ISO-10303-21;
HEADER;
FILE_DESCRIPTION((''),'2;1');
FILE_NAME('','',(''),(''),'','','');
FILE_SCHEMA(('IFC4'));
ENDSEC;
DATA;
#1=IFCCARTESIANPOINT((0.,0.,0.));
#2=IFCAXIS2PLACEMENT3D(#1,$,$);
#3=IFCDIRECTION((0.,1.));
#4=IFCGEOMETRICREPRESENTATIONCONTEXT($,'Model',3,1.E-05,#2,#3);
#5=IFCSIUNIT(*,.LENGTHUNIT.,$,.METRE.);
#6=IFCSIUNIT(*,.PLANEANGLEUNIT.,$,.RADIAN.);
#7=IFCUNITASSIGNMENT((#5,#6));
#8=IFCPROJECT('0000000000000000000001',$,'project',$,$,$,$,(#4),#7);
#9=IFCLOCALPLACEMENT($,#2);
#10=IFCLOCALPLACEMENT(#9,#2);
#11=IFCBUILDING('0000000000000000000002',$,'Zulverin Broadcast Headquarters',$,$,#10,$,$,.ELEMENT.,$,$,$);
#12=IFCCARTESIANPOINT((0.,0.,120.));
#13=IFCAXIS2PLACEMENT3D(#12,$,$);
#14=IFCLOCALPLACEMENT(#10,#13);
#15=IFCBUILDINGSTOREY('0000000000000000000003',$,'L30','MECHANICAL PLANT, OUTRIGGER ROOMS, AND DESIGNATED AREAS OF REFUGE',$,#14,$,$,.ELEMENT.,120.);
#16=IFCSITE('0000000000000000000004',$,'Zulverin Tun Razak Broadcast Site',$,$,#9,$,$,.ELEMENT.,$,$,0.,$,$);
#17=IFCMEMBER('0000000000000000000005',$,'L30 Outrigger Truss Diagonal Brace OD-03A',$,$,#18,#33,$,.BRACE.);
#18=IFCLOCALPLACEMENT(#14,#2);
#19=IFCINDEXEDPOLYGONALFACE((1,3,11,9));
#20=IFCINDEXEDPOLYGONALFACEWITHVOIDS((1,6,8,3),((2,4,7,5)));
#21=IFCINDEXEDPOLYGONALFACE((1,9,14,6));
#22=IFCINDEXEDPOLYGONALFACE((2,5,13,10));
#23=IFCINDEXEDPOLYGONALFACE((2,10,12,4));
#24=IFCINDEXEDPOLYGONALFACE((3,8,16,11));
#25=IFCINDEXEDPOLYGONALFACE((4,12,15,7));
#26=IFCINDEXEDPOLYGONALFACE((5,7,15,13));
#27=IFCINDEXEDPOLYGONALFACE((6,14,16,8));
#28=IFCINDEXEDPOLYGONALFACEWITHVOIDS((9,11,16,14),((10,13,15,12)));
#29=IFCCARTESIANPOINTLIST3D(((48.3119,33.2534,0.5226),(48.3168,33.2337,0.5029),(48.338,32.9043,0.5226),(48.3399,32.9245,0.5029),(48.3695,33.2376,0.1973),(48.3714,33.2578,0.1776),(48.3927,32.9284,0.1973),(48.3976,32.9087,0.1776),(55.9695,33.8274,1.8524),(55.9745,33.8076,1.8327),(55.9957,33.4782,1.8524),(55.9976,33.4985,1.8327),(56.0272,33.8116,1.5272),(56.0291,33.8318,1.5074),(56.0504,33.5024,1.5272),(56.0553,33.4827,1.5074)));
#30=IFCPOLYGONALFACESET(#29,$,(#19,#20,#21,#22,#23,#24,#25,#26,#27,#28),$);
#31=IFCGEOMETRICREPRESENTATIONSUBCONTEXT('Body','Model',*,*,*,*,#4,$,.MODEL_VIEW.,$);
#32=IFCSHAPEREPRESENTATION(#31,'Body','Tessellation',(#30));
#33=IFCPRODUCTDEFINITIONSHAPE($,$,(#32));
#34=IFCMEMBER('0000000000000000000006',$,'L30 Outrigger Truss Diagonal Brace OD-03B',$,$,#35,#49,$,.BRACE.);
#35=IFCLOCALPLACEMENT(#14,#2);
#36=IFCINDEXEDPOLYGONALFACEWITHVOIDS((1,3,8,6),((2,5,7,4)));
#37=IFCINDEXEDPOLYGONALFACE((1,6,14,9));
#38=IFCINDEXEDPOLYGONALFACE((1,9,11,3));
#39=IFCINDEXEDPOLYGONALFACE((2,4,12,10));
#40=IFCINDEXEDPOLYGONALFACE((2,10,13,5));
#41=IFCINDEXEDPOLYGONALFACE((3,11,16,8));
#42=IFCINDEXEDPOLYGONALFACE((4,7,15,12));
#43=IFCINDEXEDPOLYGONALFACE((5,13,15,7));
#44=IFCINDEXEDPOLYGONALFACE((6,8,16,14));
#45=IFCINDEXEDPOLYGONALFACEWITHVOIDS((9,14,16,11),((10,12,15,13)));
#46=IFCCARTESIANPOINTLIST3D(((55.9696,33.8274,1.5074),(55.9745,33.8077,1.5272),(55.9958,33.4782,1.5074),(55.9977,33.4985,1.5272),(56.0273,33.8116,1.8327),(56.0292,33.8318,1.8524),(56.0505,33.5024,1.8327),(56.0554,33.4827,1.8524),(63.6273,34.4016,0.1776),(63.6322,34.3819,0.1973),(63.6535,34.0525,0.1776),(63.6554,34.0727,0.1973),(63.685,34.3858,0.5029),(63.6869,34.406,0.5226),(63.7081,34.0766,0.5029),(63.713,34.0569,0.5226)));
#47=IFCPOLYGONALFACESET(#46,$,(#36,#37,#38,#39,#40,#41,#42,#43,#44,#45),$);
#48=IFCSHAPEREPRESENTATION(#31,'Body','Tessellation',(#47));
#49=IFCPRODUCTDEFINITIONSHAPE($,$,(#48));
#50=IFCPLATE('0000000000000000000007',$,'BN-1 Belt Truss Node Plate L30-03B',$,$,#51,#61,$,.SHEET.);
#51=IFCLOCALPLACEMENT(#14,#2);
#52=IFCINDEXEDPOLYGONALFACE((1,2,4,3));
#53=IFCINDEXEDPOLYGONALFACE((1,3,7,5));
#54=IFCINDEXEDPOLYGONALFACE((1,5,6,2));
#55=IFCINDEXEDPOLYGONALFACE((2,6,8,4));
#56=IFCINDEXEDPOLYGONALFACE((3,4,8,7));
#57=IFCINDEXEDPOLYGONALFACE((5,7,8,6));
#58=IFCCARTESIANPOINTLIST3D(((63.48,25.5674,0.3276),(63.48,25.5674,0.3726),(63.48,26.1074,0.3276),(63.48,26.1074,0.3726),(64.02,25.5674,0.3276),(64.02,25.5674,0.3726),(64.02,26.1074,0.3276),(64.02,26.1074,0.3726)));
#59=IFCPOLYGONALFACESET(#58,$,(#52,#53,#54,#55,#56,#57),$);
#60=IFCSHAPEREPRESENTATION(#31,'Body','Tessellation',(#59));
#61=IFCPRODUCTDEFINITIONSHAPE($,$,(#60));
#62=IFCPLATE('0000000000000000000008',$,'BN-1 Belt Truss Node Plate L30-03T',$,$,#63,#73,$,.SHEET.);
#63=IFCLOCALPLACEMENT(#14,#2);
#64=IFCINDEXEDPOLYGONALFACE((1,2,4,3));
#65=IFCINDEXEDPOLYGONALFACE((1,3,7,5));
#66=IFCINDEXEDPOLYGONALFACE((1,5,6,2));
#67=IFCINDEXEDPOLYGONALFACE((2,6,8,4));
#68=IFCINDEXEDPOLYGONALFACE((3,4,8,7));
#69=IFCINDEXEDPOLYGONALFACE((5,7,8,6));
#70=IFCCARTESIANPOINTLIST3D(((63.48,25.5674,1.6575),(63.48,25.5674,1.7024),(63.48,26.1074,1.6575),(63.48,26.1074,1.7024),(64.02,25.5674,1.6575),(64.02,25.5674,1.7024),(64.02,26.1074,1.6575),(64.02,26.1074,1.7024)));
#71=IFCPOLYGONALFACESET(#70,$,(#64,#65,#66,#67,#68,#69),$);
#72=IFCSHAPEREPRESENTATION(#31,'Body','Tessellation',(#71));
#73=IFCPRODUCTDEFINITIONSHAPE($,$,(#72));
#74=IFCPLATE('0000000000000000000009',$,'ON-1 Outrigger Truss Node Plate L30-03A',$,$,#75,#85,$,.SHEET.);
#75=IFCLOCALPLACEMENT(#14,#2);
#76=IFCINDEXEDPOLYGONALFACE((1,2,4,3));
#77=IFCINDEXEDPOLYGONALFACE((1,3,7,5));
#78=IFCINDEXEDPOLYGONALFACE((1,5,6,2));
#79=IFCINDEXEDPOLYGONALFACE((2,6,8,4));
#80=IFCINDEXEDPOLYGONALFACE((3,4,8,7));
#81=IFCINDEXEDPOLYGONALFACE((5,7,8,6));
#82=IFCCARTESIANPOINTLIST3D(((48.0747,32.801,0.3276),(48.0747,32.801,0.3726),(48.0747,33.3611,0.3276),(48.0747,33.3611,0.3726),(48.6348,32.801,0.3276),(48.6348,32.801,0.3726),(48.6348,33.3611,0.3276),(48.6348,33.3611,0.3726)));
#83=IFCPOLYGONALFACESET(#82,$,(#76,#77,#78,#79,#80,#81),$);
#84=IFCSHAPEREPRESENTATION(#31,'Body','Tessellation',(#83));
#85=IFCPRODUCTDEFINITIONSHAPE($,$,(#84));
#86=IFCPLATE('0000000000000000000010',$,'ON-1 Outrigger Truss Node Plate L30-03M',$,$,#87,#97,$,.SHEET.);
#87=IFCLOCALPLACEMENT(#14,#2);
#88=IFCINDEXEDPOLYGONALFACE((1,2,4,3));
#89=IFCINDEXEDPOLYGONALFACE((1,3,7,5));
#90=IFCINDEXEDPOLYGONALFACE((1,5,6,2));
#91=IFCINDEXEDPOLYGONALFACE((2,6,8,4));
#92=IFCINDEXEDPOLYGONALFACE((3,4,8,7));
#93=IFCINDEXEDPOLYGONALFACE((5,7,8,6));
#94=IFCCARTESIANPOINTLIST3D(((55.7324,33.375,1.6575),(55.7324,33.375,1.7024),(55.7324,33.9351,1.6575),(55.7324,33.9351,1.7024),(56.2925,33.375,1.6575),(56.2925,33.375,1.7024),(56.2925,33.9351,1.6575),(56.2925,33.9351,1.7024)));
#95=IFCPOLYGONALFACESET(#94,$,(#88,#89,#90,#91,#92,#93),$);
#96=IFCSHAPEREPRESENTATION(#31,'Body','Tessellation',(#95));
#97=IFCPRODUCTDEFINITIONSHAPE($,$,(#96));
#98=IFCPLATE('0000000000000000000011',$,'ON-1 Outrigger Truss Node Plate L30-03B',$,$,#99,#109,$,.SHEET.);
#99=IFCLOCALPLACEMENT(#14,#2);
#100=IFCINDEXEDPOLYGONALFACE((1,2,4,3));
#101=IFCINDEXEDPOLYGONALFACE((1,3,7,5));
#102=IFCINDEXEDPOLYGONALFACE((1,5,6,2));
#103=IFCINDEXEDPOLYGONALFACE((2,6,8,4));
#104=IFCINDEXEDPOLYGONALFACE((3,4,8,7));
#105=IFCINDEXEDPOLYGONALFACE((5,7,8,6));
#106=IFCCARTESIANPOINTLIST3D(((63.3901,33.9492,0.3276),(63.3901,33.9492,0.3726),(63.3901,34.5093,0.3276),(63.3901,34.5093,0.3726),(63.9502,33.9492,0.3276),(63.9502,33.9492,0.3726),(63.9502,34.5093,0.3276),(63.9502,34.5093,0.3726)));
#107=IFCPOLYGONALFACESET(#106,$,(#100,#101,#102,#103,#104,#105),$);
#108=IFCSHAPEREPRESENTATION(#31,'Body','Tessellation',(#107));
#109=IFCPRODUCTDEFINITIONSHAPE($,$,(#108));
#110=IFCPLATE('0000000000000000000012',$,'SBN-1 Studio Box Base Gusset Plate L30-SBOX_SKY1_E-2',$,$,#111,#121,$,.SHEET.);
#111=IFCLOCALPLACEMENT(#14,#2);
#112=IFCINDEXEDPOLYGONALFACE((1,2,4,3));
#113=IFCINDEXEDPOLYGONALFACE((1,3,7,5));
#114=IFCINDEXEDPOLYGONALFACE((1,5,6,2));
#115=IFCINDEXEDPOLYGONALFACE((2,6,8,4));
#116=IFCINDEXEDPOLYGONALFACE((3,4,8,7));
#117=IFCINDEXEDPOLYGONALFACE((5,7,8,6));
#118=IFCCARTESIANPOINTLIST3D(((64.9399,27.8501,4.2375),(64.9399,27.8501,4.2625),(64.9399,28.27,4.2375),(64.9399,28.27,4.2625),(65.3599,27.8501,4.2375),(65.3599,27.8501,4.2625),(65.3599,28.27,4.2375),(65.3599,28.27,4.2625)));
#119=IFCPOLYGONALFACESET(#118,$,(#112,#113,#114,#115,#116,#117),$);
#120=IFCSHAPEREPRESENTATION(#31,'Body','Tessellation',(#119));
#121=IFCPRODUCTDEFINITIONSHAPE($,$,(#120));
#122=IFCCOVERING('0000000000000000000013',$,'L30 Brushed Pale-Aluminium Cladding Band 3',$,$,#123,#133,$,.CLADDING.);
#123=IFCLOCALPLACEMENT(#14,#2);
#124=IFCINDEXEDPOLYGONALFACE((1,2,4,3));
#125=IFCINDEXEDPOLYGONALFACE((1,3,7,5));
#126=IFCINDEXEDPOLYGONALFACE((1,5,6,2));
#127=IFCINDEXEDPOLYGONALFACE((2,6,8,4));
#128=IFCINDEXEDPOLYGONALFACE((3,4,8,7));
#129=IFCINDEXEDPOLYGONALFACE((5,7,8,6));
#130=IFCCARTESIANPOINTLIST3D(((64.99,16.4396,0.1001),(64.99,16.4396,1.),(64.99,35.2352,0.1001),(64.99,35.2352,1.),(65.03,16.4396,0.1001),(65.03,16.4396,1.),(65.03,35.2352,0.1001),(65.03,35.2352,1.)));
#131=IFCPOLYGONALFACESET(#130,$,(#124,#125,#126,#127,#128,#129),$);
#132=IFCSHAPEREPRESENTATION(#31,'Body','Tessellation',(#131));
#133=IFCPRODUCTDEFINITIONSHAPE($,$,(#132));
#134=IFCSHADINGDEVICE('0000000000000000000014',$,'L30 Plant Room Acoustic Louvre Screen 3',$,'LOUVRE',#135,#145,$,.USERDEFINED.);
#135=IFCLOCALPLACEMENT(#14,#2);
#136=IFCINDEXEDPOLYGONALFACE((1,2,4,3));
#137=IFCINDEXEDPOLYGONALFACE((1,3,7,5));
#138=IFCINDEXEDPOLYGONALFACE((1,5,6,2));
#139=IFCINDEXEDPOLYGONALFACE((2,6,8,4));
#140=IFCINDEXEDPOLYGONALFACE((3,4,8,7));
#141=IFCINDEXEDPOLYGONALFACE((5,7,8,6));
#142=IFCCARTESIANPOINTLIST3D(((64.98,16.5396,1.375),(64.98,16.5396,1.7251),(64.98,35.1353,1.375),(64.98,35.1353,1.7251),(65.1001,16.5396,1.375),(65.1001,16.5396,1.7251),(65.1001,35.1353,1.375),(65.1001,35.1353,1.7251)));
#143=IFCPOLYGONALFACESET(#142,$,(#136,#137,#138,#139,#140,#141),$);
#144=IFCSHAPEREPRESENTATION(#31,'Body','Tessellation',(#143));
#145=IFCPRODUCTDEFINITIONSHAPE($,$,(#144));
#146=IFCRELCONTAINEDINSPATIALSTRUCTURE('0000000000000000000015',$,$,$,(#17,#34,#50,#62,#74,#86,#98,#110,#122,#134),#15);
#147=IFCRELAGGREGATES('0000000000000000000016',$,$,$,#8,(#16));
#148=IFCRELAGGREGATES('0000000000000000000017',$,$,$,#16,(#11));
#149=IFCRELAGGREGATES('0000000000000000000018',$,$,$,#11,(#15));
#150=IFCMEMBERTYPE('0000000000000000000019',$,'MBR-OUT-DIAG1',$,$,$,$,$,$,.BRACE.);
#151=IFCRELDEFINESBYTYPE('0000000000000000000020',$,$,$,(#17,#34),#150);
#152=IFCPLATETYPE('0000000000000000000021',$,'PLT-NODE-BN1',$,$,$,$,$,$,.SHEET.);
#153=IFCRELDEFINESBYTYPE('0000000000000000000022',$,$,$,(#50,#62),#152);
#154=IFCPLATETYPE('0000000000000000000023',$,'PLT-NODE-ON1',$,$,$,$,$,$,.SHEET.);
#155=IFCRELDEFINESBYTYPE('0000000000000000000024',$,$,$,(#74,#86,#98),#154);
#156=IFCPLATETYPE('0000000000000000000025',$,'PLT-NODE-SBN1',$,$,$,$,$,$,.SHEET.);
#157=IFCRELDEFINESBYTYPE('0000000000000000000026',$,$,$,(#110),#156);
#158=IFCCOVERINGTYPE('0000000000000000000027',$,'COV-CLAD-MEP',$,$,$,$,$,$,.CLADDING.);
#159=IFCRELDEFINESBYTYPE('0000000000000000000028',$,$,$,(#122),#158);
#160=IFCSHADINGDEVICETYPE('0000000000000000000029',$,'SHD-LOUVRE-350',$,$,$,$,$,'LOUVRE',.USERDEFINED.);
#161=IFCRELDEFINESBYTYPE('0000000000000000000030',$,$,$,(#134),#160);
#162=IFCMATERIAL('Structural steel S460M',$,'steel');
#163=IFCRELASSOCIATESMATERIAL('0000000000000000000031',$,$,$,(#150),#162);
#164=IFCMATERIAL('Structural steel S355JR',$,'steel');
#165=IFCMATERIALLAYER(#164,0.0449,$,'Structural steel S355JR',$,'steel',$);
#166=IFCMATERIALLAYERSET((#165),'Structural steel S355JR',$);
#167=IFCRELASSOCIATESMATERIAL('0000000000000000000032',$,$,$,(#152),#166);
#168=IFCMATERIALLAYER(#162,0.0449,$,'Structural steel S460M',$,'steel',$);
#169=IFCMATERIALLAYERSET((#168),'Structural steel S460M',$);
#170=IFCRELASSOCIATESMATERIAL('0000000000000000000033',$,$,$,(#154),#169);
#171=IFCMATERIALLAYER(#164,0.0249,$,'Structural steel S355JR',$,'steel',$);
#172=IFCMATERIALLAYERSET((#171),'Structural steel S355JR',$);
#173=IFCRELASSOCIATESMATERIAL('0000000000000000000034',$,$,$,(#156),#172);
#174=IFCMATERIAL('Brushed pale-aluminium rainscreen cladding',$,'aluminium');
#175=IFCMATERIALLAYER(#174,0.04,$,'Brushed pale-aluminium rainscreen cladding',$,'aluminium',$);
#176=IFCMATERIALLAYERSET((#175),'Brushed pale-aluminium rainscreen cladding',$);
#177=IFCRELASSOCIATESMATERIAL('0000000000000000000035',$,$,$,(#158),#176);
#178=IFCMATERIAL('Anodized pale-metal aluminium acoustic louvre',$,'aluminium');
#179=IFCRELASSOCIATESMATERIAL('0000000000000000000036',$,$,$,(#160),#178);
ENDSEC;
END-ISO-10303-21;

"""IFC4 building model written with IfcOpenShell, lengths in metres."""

from ifc_helpers import new_model, si_unit, direction, frame, origin, origin_2d, place, context, subcontext, project, spatial, rectangle, hollow_rectangle, extrude, material, layer, layer_set, material_profile, profile_set, type_object, element, save


model = new_model("IFC4")

# Units and contexts
model_context = context("Model", 3, precision=1e-05, world=origin(), true_north=direction((0.0, 1.0)))
body_context = subcontext(model_context, "Body", "Model", "MODEL_VIEW")
ifc_project = project(units=[si_unit("LENGTHUNIT", "METRE"), si_unit("PLANEANGLEUNIT", "RADIAN")], contexts=[model_context])

# Site, building, storey
site_placement = place(None, origin())
site = spatial("IfcSite", under=ifc_project, at=site_placement, Name="Zulverin Tun Razak Broadcast Site", CompositionType="ELEMENT", RefElevation=0.0)
building_placement = place(site_placement, origin())
building = spatial("IfcBuilding", under=site, at=building_placement, Name="Zulverin Broadcast Headquarters", CompositionType="ELEMENT")
storey_placement = place(building_placement, frame((0.0, 0.0, 120.0)))
storey = spatial("IfcBuildingStorey", under=building, at=storey_placement, Name="L30", Description="MECHANICAL PLANT, OUTRIGGER ROOMS, AND DESIGNATED AREAS OF REFUGE", CompositionType="ELEMENT", Elevation=120.0)

# Shared definitions
ifc_material_1 = material(Name="Structural steel S355JR", Category="steel")

# Members
ifc_material_2 = material(Name="Structural steel S460M", Category="steel")
ifc_material_profile_1 = material_profile(ifc_material_2, hollow_rectangle(XDim=0.3501, YDim=0.3501, WallThickness=0.02, at=origin_2d()), Name="Structural steel S460M", Category="steel")
ifc_profile_set_1 = profile_set([ifc_material_profile_1], Name="Structural steel S460M")
member_type_1 = type_object("IfcMemberType", Name="MBR-OUT-DIAG1", PredefinedType="BRACE", material=ifc_profile_set_1)
for number, where, z_axis, x_axis, name in (
    (1, (48.3547, 33.0811, 0.3501), (0.982578, 0.073648, 0.170634), (-0.074744, 0.997203, 0.0), "L30 Outrigger Truss Diagonal Brace OD-03A"),
    (2, (63.6702, 34.2292, 0.3501), (-0.982576, -0.073679, 0.170634), (0.074776, -0.9972, 0.0), "L30 Outrigger Truss Diagonal Brace OD-03B"),
):
    element("IfcMember", number, at=place(storey_placement, frame(where, z_axis=z_axis, x_axis=x_axis)), inside=storey, type_object=member_type_1, Name=name, PredefinedType="BRACE", context=body_context, shape_type="SweptSolid", body=[
        extrude(hollow_rectangle(XDim=0.3501, YDim=0.3501, WallThickness=0.02, at=origin_2d()), origin(), (0.0, 0.0, 1.0), 7.7935),
    ])

# Plates
ifc_layer_1 = layer(ifc_material_1, 0.0449, Name="Structural steel S355JR", Category="steel")
ifc_layer_set_1 = layer_set([ifc_layer_1], Name="Structural steel S355JR")
plate_type_1 = type_object("IfcPlateType", Name="PLT-NODE-BN1", PredefinedType="SHEET", material=ifc_layer_set_1)
for number, where, z_axis, x_axis, name in (
    (3, (63.75, 25.8374, 0.3276), (0.0, 0.0, 1.0), (1.0, 0.0, 0.0), "BN-1 Belt Truss Node Plate L30-03B"),
    (4, (63.75, 25.8374, 1.6575), (0.0, 0.0, 1.0), (1.0, 0.0, 0.0), "BN-1 Belt Truss Node Plate L30-03T"),
):
    element("IfcPlate", number, at=place(storey_placement, frame(where, z_axis=z_axis, x_axis=x_axis)), inside=storey, type_object=plate_type_1, Name=name, PredefinedType="SHEET", context=body_context, shape_type="SweptSolid", body=[
        extrude(rectangle(XDim=0.54, YDim=0.54, at=origin_2d()), origin(), (0.0, 0.0, 1.0), 0.0449),
    ])
ifc_layer_2 = layer(ifc_material_2, 0.0449, Name="Structural steel S460M", Category="steel")
ifc_layer_set_2 = layer_set([ifc_layer_2], Name="Structural steel S460M")
plate_type_2 = type_object("IfcPlateType", Name="PLT-NODE-ON1", PredefinedType="SHEET", material=ifc_layer_set_2)
for number, where, z_axis, x_axis, name in (
    (5, (48.3547, 33.0811, 0.3276), (0.0, 0.0, 1.0), (1.0, 0.0, 0.0), "ON-1 Outrigger Truss Node Plate L30-03A"),
    (6, (56.0125, 33.655, 1.6575), (0.0, 0.0, 1.0), (1.0, 0.0, 0.0), "ON-1 Outrigger Truss Node Plate L30-03M"),
    (7, (63.6702, 34.2292, 0.3276), (0.0, 0.0, 1.0), (1.0, 0.0, 0.0), "ON-1 Outrigger Truss Node Plate L30-03B"),
):
    element("IfcPlate", number, at=place(storey_placement, frame(where, z_axis=z_axis, x_axis=x_axis)), inside=storey, type_object=plate_type_2, Name=name, PredefinedType="SHEET", context=body_context, shape_type="SweptSolid", body=[
        extrude(rectangle(XDim=0.5601, YDim=0.5601, at=origin_2d()), origin(), (0.0, 0.0, 1.0), 0.0449),
    ])
ifc_layer_3 = layer(ifc_material_1, 0.0249, Name="Structural steel S355JR", Category="steel")
ifc_layer_set_3 = layer_set([ifc_layer_3], Name="Structural steel S355JR")
plate_type_3 = type_object("IfcPlateType", Name="PLT-NODE-SBN1", PredefinedType="SHEET", material=ifc_layer_set_3)
plate_placement = place(storey_placement, frame((65.1499, 28.0601, 4.2375), z_axis=(0.0, 0.0, 1.0), x_axis=(1.0, 0.0, 0.0)))
element("IfcPlate", 8, at=plate_placement, inside=storey, type_object=plate_type_3, Name="SBN-1 Studio Box Base Gusset Plate L30-SBOX_SKY1_E-2", PredefinedType="SHEET", context=body_context, shape_type="SweptSolid", body=[
    extrude(rectangle(XDim=0.4199, YDim=0.4199, at=origin_2d()), origin(), (0.0, 0.0, 1.0), 0.0249),
])

# Covering
ifc_material_3 = material(Name="Brushed pale-aluminium rainscreen cladding", Category="aluminium")
ifc_layer_4 = layer(ifc_material_3, 0.04, Name="Brushed pale-aluminium rainscreen cladding", Category="aluminium")
ifc_layer_set_4 = layer_set([ifc_layer_4], Name="Brushed pale-aluminium rainscreen cladding")
covering_type = type_object("IfcCoveringType", Name="COV-CLAD-MEP", PredefinedType="CLADDING", material=ifc_layer_set_4)
covering_placement = place(storey_placement, frame((65.01, 25.8374, 0.1001), z_axis=(0.0, 0.0, 1.0), x_axis=(0.0, 1.0, 0.0)))
element("IfcCovering", 9, at=covering_placement, inside=storey, type_object=covering_type, Name="L30 Brushed Pale-Aluminium Cladding Band 3", PredefinedType="CLADDING", context=body_context, shape_type="SweptSolid", body=[
    extrude(rectangle(XDim=18.7957, YDim=0.04, at=origin_2d()), origin(), (0.0, 0.0, 1.0), 0.8999),
])

# Shading device
ifc_material_4 = material(Name="Anodized pale-metal aluminium acoustic louvre", Category="aluminium")
shading_device_type = type_object("IfcShadingDeviceType", Name="SHD-LOUVRE-350", ElementType="LOUVRE", PredefinedType="USERDEFINED", material=ifc_material_4)
shading_device_placement = place(storey_placement, frame((65.04, 25.8374, 1.375), z_axis=(0.0, 0.0, 1.0), x_axis=(0.0, 1.0, 0.0)))
element("IfcShadingDevice", 10, at=shading_device_placement, inside=storey, type_object=shading_device_type, Name="L30 Plant Room Acoustic Louvre Screen 3", ObjectType="LOUVRE", PredefinedType="USERDEFINED", context=body_context, shape_type="SweptSolid", body=[
    extrude(rectangle(XDim=18.5957, YDim=0.1201, at=origin_2d()), origin(), (0.0, 0.0, 1.0), 0.3501),
])

save(model, "model.ifc")
